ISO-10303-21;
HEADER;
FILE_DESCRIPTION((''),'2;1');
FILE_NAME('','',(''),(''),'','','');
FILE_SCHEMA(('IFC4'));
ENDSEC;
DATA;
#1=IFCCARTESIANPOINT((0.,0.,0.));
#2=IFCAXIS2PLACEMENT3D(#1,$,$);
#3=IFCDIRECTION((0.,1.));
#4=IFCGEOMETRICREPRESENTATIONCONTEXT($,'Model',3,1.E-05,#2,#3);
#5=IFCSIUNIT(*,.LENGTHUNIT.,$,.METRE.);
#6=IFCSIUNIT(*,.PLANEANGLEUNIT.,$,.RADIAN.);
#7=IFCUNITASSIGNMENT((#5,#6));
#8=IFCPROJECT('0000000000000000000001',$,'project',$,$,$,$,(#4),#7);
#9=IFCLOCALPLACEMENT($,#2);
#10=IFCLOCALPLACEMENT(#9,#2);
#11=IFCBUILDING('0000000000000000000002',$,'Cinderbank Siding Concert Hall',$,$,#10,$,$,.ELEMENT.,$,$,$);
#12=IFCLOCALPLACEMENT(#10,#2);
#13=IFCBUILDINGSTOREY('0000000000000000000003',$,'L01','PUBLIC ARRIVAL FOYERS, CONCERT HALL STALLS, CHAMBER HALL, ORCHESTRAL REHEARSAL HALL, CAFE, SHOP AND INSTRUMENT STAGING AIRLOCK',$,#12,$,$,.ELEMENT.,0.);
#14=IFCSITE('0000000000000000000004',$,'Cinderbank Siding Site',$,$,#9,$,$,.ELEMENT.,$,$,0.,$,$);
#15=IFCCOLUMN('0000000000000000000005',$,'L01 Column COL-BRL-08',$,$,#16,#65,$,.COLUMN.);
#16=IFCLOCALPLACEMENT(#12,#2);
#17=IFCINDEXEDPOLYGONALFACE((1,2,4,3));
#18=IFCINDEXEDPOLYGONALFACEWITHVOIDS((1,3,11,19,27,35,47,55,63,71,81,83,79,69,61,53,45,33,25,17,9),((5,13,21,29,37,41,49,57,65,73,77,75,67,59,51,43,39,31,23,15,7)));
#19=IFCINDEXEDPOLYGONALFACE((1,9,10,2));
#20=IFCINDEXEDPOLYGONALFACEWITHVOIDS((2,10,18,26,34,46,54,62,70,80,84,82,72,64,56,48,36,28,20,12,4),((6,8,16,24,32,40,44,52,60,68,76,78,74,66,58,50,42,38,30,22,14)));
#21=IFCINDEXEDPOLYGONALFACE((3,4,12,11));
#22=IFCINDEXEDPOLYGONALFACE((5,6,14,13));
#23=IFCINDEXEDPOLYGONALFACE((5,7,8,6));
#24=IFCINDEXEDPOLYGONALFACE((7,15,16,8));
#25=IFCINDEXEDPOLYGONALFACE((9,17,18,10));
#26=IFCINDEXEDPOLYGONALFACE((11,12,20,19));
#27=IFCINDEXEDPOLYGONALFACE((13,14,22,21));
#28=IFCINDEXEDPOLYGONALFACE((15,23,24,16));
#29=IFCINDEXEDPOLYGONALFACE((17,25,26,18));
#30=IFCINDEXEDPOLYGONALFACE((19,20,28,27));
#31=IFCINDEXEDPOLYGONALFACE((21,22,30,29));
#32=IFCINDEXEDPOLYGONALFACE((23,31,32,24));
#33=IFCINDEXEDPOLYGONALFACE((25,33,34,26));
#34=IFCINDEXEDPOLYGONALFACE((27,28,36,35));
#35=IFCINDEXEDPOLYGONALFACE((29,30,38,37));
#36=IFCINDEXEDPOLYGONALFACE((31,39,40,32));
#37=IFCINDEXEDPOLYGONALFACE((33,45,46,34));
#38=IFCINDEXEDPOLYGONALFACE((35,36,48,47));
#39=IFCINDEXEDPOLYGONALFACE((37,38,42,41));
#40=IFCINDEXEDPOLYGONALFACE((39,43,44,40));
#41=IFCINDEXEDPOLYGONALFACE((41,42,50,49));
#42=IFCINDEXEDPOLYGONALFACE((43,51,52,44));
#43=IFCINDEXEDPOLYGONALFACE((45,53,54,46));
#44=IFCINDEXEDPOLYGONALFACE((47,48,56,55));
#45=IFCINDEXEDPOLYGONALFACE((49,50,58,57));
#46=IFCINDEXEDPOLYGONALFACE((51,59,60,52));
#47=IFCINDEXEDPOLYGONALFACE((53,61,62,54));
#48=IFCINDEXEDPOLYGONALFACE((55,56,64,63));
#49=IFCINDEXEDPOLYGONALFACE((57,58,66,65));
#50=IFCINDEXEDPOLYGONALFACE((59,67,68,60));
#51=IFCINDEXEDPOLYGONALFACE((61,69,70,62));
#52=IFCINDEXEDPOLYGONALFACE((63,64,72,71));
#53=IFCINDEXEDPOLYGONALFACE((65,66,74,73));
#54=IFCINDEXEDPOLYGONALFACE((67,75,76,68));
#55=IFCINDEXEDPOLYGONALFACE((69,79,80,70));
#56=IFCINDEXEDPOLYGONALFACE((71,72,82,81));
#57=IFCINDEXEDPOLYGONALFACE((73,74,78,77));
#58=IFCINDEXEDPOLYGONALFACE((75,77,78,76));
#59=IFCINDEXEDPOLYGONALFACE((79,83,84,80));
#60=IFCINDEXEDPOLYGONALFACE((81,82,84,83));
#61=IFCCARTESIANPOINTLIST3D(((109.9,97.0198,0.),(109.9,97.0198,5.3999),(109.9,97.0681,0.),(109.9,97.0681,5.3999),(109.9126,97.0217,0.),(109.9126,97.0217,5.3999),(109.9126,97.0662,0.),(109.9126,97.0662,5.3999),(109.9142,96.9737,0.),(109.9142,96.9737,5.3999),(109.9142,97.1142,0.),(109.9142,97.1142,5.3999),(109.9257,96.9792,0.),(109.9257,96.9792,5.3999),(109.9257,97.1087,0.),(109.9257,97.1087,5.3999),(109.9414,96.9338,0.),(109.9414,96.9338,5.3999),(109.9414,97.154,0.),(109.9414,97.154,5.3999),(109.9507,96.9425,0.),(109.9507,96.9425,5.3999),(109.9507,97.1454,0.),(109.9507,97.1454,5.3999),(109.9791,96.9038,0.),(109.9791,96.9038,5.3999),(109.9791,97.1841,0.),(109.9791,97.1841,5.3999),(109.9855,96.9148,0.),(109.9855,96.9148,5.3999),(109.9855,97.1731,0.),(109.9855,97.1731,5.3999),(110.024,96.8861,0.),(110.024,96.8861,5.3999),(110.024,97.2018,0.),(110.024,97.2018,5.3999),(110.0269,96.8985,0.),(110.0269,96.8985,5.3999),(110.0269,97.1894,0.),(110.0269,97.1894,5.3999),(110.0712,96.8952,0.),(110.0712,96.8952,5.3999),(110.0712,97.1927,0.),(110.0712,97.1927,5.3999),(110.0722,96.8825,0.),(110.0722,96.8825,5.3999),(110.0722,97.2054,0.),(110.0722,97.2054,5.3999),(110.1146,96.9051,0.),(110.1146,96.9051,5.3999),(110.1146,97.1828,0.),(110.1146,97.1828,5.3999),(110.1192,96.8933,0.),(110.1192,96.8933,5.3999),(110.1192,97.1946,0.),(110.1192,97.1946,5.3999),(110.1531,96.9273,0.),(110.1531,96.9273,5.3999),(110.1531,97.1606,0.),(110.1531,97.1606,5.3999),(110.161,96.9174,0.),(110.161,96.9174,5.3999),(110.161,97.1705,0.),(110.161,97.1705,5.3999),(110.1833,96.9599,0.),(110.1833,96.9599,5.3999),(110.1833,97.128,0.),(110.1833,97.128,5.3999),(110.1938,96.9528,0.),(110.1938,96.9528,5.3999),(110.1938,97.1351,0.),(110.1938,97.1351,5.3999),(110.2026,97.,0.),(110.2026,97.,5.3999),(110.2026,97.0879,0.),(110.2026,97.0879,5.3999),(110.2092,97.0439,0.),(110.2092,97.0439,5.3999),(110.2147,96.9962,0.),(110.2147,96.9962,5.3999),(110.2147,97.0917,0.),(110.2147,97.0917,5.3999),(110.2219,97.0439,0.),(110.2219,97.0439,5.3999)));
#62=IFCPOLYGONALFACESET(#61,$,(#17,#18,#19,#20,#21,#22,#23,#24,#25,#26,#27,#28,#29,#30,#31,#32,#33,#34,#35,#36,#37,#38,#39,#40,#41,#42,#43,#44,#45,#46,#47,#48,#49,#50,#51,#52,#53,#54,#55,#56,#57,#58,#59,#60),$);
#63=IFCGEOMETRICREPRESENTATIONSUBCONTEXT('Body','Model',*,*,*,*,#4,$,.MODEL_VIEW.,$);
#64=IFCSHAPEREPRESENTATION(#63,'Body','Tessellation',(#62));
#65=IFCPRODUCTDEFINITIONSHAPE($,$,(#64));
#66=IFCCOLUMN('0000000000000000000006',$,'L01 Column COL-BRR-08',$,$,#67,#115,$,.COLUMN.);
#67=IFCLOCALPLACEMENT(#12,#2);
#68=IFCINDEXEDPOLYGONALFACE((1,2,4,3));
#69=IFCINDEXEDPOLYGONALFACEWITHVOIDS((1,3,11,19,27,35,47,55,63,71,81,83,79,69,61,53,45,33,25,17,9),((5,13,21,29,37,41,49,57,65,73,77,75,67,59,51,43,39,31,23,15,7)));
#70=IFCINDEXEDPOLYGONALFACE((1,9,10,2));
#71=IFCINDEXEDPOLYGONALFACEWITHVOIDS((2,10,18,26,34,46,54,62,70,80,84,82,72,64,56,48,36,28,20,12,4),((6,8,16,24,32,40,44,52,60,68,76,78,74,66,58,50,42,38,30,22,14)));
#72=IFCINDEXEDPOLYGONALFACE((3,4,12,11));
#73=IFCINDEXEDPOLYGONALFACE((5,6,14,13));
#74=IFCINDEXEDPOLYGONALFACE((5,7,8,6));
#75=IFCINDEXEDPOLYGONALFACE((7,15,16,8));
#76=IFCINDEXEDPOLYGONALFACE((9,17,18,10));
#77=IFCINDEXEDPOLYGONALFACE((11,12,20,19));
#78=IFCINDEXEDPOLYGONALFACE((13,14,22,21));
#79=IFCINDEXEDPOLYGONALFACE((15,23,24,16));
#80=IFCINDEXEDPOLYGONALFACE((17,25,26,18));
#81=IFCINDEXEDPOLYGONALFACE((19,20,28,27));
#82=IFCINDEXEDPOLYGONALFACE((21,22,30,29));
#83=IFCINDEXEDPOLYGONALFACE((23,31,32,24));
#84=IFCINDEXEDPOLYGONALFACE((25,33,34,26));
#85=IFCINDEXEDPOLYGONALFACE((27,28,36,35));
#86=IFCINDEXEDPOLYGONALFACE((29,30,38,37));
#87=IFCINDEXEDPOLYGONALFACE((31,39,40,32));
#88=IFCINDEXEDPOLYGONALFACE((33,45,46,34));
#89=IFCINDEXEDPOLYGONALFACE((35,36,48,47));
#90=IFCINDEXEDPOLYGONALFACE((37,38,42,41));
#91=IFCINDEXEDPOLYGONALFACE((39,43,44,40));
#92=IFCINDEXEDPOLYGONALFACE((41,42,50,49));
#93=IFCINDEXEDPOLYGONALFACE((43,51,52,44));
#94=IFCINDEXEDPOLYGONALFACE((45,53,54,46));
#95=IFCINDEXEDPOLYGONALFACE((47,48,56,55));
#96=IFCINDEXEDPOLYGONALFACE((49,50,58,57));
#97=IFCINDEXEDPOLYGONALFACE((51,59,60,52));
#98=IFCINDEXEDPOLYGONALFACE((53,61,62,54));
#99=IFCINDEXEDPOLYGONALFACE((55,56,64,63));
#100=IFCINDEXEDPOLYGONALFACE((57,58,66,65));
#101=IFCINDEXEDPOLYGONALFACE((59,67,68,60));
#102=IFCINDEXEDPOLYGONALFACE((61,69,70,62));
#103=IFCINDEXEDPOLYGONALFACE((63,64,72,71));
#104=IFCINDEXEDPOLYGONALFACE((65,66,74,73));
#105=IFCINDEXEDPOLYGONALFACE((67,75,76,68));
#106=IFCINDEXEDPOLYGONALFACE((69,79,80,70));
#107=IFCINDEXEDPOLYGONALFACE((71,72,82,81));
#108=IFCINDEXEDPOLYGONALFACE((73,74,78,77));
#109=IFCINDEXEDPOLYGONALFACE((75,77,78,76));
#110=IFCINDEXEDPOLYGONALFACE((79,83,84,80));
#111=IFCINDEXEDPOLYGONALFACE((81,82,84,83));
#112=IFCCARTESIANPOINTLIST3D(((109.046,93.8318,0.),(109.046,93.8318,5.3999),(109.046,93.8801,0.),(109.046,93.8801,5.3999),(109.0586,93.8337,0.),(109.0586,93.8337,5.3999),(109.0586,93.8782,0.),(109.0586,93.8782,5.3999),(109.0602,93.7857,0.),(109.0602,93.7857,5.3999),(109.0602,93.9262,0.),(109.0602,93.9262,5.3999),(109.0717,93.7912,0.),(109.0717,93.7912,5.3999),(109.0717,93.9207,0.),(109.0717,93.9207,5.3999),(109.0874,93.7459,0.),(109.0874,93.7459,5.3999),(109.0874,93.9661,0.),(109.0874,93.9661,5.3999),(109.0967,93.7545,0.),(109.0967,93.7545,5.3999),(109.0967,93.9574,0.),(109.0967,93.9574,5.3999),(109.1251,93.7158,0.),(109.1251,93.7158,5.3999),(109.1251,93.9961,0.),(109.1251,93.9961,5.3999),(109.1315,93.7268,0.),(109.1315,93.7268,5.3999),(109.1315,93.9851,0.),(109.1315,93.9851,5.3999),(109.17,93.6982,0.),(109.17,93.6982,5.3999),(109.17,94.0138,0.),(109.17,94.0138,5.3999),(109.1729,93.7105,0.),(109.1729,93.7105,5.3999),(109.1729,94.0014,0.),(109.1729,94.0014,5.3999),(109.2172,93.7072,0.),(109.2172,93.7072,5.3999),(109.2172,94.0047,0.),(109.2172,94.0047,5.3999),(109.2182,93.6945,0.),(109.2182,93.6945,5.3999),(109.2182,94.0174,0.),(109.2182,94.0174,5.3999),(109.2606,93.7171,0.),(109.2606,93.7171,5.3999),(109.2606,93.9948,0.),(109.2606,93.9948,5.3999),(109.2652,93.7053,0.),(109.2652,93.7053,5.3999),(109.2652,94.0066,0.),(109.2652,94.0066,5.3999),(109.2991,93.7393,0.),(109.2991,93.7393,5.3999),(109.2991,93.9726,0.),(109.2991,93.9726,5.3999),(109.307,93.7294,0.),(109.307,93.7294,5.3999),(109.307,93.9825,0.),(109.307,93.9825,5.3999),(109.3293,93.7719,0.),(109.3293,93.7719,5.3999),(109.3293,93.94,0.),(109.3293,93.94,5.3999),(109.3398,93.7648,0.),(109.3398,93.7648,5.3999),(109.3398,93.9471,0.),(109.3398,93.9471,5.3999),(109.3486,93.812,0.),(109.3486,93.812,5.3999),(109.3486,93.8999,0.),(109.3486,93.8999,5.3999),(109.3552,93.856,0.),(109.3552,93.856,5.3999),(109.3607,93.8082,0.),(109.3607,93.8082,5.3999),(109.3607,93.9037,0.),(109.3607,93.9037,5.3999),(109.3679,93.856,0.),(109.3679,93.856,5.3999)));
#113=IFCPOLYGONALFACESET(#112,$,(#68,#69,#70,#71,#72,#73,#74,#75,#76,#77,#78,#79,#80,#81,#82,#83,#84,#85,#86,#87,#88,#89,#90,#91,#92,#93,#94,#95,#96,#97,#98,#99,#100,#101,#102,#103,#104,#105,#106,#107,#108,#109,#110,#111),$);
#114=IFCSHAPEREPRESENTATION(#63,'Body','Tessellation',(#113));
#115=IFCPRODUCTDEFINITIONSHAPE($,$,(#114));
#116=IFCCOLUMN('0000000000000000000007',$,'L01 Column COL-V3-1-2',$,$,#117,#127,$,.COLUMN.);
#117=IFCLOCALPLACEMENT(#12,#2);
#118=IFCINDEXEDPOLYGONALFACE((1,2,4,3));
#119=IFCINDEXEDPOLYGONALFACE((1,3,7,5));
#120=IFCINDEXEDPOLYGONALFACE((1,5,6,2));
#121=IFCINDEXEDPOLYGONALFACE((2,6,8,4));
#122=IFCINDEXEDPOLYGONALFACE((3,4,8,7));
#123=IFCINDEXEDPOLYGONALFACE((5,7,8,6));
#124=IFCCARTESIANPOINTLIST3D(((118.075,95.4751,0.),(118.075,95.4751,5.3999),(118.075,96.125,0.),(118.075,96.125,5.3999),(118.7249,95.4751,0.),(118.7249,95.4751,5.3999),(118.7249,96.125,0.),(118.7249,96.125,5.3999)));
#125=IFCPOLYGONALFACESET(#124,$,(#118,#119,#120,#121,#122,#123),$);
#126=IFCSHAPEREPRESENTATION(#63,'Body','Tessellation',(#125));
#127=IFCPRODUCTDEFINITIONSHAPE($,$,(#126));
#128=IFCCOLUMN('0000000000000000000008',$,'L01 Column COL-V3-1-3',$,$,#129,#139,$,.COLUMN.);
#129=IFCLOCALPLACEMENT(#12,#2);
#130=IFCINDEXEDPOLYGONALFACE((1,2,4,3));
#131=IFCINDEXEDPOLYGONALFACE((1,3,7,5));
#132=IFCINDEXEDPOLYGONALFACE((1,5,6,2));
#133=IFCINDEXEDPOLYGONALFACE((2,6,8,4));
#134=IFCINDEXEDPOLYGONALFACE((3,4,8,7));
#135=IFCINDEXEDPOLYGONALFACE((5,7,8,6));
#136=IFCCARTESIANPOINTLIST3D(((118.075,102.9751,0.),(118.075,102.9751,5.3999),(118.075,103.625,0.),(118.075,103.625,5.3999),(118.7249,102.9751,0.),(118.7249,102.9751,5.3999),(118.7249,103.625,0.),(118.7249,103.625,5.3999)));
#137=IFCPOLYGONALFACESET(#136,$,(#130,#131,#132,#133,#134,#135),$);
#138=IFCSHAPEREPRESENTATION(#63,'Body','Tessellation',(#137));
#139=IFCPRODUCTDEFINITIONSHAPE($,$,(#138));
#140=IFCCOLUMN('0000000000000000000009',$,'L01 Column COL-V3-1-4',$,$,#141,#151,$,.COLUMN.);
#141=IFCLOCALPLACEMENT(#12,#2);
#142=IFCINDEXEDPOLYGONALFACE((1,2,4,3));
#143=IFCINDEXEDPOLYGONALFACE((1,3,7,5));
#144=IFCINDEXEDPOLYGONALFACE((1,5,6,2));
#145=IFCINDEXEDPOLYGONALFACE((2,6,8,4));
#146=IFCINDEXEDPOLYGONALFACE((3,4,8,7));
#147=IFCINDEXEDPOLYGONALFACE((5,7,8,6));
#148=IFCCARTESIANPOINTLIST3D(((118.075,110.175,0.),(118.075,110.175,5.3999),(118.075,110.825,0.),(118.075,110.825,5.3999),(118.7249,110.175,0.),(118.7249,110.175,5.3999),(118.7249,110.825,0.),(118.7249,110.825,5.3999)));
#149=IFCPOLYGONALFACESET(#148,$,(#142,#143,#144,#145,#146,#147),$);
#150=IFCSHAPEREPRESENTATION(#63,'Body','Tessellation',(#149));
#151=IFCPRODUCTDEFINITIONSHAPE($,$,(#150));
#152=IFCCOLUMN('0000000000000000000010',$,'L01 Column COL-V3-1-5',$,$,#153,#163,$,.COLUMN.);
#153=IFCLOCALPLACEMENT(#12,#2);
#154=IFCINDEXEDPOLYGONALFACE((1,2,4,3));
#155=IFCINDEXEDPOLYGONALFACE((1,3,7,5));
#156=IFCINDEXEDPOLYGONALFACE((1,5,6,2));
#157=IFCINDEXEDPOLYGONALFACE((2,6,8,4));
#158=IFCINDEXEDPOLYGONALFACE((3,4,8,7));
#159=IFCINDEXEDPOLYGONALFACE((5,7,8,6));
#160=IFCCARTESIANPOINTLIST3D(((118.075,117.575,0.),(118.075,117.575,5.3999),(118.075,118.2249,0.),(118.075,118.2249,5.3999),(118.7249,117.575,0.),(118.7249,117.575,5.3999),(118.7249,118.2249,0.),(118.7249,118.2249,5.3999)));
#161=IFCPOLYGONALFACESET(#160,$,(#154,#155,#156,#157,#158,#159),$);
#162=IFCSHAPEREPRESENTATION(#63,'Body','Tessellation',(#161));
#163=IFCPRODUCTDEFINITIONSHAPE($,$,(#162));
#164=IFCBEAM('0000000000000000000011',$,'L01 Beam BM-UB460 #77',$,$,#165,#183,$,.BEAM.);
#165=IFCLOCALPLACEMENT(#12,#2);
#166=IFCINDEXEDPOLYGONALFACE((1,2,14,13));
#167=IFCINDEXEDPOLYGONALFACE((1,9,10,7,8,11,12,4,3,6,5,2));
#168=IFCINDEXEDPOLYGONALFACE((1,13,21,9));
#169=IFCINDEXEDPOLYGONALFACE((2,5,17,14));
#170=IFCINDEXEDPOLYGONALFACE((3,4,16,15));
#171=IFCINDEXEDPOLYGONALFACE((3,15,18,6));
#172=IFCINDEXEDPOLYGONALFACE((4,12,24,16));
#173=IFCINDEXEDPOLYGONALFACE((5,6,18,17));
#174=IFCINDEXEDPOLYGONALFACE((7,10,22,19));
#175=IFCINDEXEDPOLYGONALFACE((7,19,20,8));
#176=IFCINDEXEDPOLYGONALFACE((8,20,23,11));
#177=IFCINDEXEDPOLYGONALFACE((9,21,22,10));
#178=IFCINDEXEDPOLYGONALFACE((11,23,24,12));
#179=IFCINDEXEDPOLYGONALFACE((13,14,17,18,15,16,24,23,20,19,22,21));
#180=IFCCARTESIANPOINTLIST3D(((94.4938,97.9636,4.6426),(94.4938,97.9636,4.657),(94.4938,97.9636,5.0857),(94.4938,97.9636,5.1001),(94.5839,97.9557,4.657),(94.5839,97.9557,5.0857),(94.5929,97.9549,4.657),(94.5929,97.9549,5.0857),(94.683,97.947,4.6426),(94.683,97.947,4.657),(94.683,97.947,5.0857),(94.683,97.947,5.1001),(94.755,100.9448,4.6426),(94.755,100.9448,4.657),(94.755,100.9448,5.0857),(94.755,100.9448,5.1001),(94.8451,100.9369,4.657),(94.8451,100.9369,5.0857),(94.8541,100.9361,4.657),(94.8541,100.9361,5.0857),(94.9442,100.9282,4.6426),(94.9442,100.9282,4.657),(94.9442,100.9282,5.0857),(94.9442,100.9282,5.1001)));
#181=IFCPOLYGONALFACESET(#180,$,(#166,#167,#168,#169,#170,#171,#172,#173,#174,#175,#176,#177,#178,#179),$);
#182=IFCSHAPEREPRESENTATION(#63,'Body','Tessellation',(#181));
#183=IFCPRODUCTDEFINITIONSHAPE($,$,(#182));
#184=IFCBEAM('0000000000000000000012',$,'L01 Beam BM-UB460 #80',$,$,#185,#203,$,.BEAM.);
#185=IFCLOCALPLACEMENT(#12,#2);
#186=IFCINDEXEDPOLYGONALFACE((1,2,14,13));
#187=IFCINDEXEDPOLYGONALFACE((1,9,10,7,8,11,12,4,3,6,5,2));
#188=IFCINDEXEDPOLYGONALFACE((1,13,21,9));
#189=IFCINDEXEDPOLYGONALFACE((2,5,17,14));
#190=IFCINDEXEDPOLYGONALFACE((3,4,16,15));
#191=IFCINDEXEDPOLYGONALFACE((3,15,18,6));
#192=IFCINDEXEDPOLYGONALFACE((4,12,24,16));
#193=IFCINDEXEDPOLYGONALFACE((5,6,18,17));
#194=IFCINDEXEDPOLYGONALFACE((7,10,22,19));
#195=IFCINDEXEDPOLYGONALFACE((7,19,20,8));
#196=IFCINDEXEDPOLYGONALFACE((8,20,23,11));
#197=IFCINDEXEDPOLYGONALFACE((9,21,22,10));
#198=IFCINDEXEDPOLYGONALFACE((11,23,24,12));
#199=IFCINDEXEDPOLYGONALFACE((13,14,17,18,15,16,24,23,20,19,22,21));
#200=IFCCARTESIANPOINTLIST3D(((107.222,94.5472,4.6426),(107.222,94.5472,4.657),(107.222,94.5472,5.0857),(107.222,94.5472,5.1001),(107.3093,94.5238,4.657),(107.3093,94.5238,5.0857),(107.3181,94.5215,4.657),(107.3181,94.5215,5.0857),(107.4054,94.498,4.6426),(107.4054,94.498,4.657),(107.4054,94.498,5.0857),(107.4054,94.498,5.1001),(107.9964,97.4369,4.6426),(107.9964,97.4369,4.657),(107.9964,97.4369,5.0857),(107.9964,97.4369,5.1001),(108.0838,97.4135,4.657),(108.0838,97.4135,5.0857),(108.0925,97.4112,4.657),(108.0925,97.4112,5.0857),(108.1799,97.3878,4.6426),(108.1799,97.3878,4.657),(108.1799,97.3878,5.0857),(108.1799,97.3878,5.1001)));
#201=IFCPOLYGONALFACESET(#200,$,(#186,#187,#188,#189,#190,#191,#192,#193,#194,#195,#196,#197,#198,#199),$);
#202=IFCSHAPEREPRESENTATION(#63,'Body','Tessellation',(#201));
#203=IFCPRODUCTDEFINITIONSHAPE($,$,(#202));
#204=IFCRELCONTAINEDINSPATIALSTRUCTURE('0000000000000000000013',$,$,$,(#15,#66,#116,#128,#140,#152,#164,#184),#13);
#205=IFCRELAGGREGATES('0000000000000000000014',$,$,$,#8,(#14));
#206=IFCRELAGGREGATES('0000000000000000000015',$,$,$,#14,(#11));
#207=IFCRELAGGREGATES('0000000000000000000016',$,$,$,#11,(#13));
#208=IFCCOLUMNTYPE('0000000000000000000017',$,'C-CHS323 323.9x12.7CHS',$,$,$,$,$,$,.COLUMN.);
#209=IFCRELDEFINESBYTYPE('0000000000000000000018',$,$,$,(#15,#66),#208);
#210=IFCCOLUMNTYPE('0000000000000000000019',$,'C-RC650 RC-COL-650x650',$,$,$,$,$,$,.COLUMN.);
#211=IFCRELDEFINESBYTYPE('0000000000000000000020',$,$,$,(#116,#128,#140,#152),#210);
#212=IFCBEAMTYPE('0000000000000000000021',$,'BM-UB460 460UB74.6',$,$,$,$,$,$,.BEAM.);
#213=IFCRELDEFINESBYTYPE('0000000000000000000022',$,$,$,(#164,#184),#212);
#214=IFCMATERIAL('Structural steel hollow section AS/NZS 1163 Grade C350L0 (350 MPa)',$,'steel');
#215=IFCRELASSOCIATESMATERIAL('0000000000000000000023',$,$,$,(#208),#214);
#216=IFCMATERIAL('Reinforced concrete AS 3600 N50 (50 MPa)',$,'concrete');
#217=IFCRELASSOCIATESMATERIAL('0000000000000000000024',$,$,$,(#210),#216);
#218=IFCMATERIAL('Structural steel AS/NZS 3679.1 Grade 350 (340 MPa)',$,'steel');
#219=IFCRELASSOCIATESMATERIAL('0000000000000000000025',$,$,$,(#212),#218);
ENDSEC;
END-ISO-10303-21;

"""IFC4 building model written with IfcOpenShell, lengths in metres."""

from ifc_helpers import new_model, si_unit, direction, frame, origin, origin_2d, place, context, subcontext, project, spatial, rectangle, hollow_circle, i_section, extrude, material, material_profile, profile_set, type_object, element, save


model = new_model("IFC4")

# Units and contexts
model_context = context("Model", 3, precision=1e-05, world=origin(), true_north=direction((0.0, 1.0)))
body_context = subcontext(model_context, "Body", "Model", "MODEL_VIEW")
ifc_project = project(units=[si_unit("LENGTHUNIT", "METRE"), si_unit("PLANEANGLEUNIT", "RADIAN")], contexts=[model_context])

# Site, building, storey
site_placement = place(None, origin())
site = spatial("IfcSite", under=ifc_project, at=site_placement, Name="Cinderbank Siding Site", CompositionType="ELEMENT", RefElevation=0.0)
building_placement = place(site_placement, origin())
building = spatial("IfcBuilding", under=site, at=building_placement, Name="Cinderbank Siding Concert Hall", CompositionType="ELEMENT")
storey_placement = place(building_placement, origin())
storey = spatial("IfcBuildingStorey", under=building, at=storey_placement, Name="L01", Description="PUBLIC ARRIVAL FOYERS, CONCERT HALL STALLS, CHAMBER HALL, ORCHESTRAL REHEARSAL HALL, CAFE, SHOP AND INSTRUMENT STAGING AIRLOCK", CompositionType="ELEMENT", Elevation=0.0)

# Columns
ifc_material_1 = material(Name="Structural steel hollow section AS/NZS 1163 Grade C350L0 (350 MPa)", Category="steel")
ifc_material_profile_1 = material_profile(ifc_material_1, hollow_circle(Radius=0.1619, WallThickness=0.0127, at=origin_2d()), Name="323.9x12.7CHS", Category="LoadBearing")
ifc_profile_set_1 = profile_set([ifc_material_profile_1], Name="Structural steel hollow section AS/NZS 1163 Grade C350L0 (350 MPa)")
column_type_1 = type_object("IfcColumnType", Name="C-CHS323 323.9x12.7CHS", PredefinedType="COLUMN", material=ifc_profile_set_1)
for number, where, z_axis, x_axis, name in (
    (1, (110.0601, 97.0439, 0.0), (0.0, 0.0, 1.0), (1.0, 0.0, 0.0), "L01 Column COL-BRL-08"),
    (2, (109.2061, 93.856, 0.0), (0.0, 0.0, 1.0), (1.0, 0.0, 0.0), "L01 Column COL-BRR-08"),
):
    element("IfcColumn", number, at=place(storey_placement, frame(where, z_axis=z_axis, x_axis=x_axis)), inside=storey, type_object=column_type_1, Name=name, PredefinedType="COLUMN", context=body_context, shape_type="SweptSolid", body=[
        extrude(hollow_circle(Radius=0.1619, WallThickness=0.0127, at=origin_2d()), origin(), (0.0, 0.0, 1.0), 5.3999),
    ])
ifc_material_2 = material(Name="Reinforced concrete AS 3600 N50 (50 MPa)", Category="concrete")
ifc_material_profile_2 = material_profile(ifc_material_2, rectangle(XDim=0.6499, YDim=0.6499, at=origin_2d()), Name="RC-COL-650x650", Category="LoadBearing")
ifc_profile_set_2 = profile_set([ifc_material_profile_2], Name="Reinforced concrete AS 3600 N50 (50 MPa)")
column_type_2 = type_object("IfcColumnType", Name="C-RC650 RC-COL-650x650", PredefinedType="COLUMN", material=ifc_profile_set_2)
for number, where, z_axis, x_axis, name in (
    (3, (118.3999, 95.8, 0.0), (0.0, 0.0, 1.0), (1.0, 0.0, 0.0), "L01 Column COL-V3-1-2"),
    (4, (118.3999, 103.3, 0.0), (0.0, 0.0, 1.0), (1.0, 0.0, 0.0), "L01 Column COL-V3-1-3"),
    (5, (118.3999, 110.5, 0.0), (0.0, 0.0, 1.0), (1.0, 0.0, 0.0), "L01 Column COL-V3-1-4"),
    (6, (118.3999, 117.8999, 0.0), (0.0, 0.0, 1.0), (1.0, 0.0, 0.0), "L01 Column COL-V3-1-5"),
):
    element("IfcColumn", number, at=place(storey_placement, frame(where, z_axis=z_axis, x_axis=x_axis)), inside=storey, type_object=column_type_2, Name=name, PredefinedType="COLUMN", context=body_context, shape_type="SweptSolid", body=[
        extrude(rectangle(XDim=0.6499, YDim=0.6499, at=origin_2d()), origin(), (0.0, 0.0, 1.0), 5.3999),
    ])

# Beams
ifc_material_3 = material(Name="Structural steel AS/NZS 3679.1 Grade 350 (340 MPa)", Category="steel")
ifc_material_profile_3 = material_profile(ifc_material_3, i_section(OverallWidth=0.1899, OverallDepth=0.4575, WebThickness=0.009, FlangeThickness=0.0144, at=origin_2d()), Name="460UB74.6", Category="LoadBearing")
ifc_profile_set_3 = profile_set([ifc_material_profile_3], Name="Structural steel AS/NZS 3679.1 Grade 350 (340 MPa)")
beam_type_1 = type_object("IfcBeamType", Name="BM-UB460 460UB74.6", PredefinedType="BEAM", material=ifc_profile_set_3)
beam_1_placement = place(storey_placement, frame((94.8496, 100.9365, 4.8713), z_axis=(-0.087291, -0.996183, 0.0), x_axis=(0.996183, -0.087291, 0.0)))
element("IfcBeam", 7, at=beam_1_placement, inside=storey, type_object=beam_type_1, Name="L01 Beam BM-UB460 #77", PredefinedType="BEAM", context=body_context, shape_type="SweptSolid", body=[
    extrude(i_section(OverallWidth=0.1899, OverallDepth=0.4575, WebThickness=0.009, FlangeThickness=0.0144, at=origin_2d()), origin(), (0.0, 0.0, 1.0), 2.9927),
])
beam_2_placement = place(storey_placement, frame((108.0881, 97.4124, 4.8713), z_axis=(-0.258861, -0.965915, 0.0), x_axis=(0.965915, -0.258861, 0.0)))
element("IfcBeam", 8, at=beam_2_placement, inside=storey, type_object=beam_type_1, Name="L01 Beam BM-UB460 #80", PredefinedType="BEAM", context=body_context, shape_type="SweptSolid", body=[
    extrude(i_section(OverallWidth=0.1899, OverallDepth=0.4575, WebThickness=0.009, FlangeThickness=0.0144, at=origin_2d()), origin(), (0.0, 0.0, 1.0), 2.9917),
])

save(model, "model.ifc")
